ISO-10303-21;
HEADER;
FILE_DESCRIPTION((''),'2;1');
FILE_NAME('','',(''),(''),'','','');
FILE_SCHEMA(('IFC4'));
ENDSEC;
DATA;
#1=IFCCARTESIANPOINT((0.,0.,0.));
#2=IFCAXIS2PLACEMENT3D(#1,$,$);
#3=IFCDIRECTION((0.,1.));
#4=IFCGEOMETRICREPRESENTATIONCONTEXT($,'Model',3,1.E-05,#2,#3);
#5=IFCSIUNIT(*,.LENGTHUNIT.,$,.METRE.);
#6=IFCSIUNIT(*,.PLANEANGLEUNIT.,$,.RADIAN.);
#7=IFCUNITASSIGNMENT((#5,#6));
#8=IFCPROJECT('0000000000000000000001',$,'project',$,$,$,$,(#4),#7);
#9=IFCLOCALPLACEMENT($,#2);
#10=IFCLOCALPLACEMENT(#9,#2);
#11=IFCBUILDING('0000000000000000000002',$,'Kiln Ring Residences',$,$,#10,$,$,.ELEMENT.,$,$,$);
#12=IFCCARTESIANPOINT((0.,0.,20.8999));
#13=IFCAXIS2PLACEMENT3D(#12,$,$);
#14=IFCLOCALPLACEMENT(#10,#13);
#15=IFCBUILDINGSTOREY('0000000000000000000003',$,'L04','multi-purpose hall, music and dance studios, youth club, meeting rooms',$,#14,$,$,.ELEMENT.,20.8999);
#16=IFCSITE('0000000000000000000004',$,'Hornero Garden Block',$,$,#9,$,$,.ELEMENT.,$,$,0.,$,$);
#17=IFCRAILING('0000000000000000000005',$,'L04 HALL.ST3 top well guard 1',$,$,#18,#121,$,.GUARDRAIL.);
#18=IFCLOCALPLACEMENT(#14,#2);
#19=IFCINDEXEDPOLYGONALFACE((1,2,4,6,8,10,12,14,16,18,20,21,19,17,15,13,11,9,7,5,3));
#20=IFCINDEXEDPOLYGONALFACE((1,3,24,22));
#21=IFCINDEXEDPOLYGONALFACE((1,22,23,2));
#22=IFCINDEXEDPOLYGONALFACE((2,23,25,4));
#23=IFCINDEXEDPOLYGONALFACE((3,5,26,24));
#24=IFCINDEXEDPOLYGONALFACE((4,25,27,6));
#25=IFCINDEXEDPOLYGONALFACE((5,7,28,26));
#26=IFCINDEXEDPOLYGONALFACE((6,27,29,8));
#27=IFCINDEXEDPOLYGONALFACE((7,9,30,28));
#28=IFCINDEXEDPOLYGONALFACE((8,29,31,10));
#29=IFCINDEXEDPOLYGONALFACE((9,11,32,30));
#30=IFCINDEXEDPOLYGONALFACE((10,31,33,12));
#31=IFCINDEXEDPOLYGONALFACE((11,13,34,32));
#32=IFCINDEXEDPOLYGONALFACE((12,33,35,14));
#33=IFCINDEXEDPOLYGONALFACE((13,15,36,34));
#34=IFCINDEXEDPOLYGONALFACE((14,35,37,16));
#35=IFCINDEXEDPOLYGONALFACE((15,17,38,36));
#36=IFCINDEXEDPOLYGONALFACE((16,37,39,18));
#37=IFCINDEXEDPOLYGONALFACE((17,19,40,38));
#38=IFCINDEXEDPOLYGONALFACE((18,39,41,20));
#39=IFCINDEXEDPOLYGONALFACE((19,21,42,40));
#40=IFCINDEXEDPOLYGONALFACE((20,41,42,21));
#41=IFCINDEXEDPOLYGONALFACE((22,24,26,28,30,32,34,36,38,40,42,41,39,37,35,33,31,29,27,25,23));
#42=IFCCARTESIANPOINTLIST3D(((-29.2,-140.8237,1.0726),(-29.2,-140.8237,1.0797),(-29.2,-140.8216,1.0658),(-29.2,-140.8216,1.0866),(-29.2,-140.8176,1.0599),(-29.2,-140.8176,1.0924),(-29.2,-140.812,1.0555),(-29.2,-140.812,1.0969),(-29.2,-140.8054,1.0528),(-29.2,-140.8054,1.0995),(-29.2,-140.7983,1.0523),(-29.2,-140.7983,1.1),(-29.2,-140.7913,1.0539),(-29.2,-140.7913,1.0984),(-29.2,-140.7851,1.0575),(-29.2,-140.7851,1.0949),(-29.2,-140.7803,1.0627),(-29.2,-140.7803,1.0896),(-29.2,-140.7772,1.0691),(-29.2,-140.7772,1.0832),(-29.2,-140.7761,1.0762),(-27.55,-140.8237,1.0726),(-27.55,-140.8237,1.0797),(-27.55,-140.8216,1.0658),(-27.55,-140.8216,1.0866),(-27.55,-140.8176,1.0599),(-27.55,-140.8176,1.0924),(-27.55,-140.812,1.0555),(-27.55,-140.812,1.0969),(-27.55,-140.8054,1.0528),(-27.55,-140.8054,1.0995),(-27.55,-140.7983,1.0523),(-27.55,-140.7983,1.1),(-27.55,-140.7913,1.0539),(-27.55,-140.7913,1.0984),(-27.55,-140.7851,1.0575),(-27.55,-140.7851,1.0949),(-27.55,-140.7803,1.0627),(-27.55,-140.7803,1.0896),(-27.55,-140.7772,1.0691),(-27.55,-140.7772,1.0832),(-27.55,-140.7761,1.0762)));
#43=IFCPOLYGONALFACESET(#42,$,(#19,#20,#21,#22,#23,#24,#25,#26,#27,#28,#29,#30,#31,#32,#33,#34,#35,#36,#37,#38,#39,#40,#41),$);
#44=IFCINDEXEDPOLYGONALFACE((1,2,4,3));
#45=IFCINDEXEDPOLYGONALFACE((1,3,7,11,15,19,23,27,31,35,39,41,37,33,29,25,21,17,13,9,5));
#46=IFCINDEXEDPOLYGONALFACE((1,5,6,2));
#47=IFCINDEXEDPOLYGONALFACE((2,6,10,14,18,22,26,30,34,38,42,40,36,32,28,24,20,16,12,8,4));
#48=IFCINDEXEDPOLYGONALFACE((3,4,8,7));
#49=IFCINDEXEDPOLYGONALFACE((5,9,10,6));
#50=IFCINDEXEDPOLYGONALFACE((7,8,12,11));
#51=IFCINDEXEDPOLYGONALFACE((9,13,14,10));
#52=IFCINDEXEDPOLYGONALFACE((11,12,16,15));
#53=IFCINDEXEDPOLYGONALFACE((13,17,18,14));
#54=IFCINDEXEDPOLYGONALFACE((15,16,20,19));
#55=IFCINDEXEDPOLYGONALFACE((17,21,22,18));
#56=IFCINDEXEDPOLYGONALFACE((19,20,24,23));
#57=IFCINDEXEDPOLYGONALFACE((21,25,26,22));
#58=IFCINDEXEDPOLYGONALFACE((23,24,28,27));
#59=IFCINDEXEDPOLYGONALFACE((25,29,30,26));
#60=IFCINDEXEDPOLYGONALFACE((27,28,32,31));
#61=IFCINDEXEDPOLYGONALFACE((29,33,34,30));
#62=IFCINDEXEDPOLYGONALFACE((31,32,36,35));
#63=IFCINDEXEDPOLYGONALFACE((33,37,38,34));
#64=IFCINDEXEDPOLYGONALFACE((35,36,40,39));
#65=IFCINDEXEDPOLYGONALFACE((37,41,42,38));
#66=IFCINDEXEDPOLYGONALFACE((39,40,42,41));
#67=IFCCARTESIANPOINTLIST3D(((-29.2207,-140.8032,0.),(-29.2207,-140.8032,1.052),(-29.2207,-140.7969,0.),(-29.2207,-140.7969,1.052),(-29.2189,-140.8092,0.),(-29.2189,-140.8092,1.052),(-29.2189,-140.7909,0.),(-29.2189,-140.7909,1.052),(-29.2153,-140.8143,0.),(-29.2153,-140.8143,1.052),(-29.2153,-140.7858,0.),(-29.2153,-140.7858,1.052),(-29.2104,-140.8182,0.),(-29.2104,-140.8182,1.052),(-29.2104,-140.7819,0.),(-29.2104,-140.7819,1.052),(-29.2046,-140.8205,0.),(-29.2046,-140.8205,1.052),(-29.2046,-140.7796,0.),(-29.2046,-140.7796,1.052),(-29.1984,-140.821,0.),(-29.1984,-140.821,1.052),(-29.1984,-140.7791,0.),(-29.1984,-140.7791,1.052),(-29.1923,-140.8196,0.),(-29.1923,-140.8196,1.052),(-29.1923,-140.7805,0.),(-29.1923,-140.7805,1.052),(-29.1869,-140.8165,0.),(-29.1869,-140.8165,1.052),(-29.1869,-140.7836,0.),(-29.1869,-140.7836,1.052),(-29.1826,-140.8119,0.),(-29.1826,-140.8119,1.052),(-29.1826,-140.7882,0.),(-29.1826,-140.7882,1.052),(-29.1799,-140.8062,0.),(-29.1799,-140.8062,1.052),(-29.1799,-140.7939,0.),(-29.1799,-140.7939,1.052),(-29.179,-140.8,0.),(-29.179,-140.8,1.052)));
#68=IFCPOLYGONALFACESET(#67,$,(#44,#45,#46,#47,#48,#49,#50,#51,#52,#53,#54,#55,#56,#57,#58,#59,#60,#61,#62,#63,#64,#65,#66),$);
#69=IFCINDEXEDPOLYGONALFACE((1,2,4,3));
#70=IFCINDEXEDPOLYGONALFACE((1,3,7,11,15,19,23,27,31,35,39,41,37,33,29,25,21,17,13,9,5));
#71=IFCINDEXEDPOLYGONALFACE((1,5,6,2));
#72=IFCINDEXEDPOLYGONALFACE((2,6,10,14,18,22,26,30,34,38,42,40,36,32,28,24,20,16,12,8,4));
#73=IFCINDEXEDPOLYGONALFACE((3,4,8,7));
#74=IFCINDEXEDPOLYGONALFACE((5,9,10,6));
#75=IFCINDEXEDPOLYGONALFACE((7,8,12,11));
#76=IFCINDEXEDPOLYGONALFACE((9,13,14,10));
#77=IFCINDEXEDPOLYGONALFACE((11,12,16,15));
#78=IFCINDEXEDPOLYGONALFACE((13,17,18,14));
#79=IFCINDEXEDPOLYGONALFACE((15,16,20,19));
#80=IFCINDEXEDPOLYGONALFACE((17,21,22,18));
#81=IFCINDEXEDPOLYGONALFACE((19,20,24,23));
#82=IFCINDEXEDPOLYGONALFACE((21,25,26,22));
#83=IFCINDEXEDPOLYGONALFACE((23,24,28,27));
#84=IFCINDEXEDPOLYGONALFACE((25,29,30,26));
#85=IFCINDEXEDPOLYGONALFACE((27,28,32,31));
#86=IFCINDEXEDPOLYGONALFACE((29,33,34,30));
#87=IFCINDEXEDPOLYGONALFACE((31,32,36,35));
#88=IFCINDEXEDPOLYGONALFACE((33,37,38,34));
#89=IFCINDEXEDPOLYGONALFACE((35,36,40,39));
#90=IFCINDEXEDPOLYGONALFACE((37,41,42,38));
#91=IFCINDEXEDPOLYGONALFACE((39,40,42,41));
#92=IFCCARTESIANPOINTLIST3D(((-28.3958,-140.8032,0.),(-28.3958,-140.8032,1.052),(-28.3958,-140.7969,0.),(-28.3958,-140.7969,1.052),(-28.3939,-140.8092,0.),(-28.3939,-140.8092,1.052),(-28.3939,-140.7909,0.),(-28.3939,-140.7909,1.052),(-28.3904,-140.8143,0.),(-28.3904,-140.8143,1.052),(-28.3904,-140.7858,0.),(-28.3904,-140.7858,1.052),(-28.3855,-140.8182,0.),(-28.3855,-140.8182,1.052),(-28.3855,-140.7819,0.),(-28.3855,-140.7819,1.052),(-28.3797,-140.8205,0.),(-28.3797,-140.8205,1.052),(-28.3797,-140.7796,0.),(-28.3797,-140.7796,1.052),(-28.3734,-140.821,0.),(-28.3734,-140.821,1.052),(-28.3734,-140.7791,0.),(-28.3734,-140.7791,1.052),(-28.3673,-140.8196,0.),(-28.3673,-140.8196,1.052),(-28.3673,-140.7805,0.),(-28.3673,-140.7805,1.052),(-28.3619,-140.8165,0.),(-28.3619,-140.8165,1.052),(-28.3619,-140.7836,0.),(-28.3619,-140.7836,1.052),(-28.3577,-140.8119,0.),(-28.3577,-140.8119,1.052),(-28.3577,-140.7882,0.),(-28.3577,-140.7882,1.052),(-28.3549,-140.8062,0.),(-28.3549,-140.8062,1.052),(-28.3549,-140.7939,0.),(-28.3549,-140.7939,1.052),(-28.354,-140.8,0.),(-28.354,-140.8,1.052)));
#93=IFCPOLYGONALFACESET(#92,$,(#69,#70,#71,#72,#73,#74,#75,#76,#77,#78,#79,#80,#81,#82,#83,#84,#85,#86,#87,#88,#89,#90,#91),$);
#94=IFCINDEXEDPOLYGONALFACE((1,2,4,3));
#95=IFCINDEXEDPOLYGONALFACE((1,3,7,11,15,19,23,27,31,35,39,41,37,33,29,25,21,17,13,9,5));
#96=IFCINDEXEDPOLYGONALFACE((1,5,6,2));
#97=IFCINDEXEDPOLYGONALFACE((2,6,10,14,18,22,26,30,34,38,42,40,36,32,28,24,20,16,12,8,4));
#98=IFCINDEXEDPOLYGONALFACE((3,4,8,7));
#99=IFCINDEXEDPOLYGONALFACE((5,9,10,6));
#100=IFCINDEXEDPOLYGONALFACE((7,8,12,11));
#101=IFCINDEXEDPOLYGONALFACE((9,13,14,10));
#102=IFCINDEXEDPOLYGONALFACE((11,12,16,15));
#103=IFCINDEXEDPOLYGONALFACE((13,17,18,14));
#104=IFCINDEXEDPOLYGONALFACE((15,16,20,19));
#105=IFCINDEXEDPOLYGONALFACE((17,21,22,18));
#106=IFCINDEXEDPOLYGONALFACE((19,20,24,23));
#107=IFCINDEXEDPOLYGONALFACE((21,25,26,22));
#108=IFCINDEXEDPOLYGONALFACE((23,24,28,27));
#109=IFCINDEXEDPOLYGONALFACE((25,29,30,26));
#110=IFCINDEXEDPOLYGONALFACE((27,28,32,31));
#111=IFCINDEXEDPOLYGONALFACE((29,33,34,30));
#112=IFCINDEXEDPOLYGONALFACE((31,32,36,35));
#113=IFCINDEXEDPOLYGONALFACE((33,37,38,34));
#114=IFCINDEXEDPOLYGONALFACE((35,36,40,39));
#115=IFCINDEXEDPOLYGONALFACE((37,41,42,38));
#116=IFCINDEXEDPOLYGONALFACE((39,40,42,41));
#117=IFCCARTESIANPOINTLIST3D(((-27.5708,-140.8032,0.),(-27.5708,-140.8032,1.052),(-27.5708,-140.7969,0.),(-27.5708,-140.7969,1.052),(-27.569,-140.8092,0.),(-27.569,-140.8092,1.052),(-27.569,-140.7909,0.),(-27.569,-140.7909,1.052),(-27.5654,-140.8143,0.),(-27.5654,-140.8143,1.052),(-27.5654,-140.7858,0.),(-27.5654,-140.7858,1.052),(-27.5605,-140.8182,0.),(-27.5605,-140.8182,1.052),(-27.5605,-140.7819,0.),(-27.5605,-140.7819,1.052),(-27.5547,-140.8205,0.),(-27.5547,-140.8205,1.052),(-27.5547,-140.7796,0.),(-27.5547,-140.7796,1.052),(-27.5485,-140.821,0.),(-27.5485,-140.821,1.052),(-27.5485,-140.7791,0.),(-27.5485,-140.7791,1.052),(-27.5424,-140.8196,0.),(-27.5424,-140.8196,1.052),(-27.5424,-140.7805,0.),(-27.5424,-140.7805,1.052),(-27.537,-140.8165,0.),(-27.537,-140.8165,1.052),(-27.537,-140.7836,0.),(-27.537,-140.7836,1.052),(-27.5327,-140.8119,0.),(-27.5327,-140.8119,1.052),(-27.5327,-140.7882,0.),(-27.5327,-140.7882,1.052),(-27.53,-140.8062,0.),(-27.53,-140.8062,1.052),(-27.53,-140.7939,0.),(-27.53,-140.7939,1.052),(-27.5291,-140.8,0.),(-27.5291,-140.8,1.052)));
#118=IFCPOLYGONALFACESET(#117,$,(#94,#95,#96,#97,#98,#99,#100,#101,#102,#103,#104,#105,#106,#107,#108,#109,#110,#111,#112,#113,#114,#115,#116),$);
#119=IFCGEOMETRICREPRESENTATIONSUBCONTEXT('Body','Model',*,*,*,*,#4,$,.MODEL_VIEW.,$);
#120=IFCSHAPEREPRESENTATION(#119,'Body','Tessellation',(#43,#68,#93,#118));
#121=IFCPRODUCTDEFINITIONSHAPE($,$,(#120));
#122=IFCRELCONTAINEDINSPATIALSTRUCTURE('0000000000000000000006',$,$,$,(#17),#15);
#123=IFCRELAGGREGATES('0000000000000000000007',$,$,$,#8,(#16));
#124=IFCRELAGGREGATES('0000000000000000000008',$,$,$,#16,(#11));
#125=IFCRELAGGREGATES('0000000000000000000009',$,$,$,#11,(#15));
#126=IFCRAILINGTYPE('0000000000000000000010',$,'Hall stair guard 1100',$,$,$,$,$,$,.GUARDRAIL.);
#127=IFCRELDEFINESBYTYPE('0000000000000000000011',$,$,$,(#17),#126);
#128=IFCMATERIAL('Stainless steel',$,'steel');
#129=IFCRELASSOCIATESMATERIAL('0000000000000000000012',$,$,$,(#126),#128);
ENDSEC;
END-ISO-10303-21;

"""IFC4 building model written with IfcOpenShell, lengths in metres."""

from ifc_helpers import new_model, si_unit, direction, frame, origin, origin_2d, place, context, subcontext, project, spatial, circle, extrude, material, type_object, element, save


model = new_model("IFC4")

# Units and contexts
model_context = context("Model", 3, precision=1e-05, world=origin(), true_north=direction((0.0, 1.0)))
body_context = subcontext(model_context, "Body", "Model", "MODEL_VIEW")
ifc_project = project(units=[si_unit("LENGTHUNIT", "METRE"), si_unit("PLANEANGLEUNIT", "RADIAN")], contexts=[model_context])

# Site, building, storey
site_placement = place(None, origin())
site = spatial("IfcSite", under=ifc_project, at=site_placement, Name="Hornero Garden Block", CompositionType="ELEMENT", RefElevation=0.0)
building_placement = place(site_placement, origin())
building = spatial("IfcBuilding", under=site, at=building_placement, Name="Kiln Ring Residences", CompositionType="ELEMENT")
storey_placement = place(building_placement, frame((0.0, 0.0, 20.8999)))
storey = spatial("IfcBuildingStorey", under=building, at=storey_placement, Name="L04", Description="multi-purpose hall, music and dance studios, youth club, meeting rooms", CompositionType="ELEMENT", Elevation=20.8999)

# Railing
ifc_material_1 = material(Name="Stainless steel", Category="steel")
railing_type = type_object("IfcRailingType", Name="Hall stair guard 1100", PredefinedType="GUARDRAIL", material=ifc_material_1)
railing_placement = place(storey_placement, frame((-29.2, -140.8, 0.0)))
element("IfcRailing", 1, at=railing_placement, inside=storey, type_object=railing_type, Name="L04 HALL.ST3 top well guard 1", PredefinedType="GUARDRAIL", context=body_context, shape_type="SweptSolid", body=[
    extrude(circle(Radius=0.0239, at=origin_2d()), frame((0.0, 0.0, 1.0762), z_axis=(1.0, 0.0, 0.0), x_axis=(0.0, 1.0, 0.0)), (0.0, 0.0, 1.0), 1.6499),
    extrude(circle(Radius=0.021, at=origin_2d()), origin(), (0.0, 0.0, 1.0), 1.052),
    extrude(circle(Radius=0.021, at=origin_2d()), frame((0.825, 0.0, 0.0)), (0.0, 0.0, 1.0), 1.052),
    extrude(circle(Radius=0.021, at=origin_2d()), frame((1.6499, 0.0, 0.0)), (0.0, 0.0, 1.0), 1.052),
])

save(model, "model.ifc")
